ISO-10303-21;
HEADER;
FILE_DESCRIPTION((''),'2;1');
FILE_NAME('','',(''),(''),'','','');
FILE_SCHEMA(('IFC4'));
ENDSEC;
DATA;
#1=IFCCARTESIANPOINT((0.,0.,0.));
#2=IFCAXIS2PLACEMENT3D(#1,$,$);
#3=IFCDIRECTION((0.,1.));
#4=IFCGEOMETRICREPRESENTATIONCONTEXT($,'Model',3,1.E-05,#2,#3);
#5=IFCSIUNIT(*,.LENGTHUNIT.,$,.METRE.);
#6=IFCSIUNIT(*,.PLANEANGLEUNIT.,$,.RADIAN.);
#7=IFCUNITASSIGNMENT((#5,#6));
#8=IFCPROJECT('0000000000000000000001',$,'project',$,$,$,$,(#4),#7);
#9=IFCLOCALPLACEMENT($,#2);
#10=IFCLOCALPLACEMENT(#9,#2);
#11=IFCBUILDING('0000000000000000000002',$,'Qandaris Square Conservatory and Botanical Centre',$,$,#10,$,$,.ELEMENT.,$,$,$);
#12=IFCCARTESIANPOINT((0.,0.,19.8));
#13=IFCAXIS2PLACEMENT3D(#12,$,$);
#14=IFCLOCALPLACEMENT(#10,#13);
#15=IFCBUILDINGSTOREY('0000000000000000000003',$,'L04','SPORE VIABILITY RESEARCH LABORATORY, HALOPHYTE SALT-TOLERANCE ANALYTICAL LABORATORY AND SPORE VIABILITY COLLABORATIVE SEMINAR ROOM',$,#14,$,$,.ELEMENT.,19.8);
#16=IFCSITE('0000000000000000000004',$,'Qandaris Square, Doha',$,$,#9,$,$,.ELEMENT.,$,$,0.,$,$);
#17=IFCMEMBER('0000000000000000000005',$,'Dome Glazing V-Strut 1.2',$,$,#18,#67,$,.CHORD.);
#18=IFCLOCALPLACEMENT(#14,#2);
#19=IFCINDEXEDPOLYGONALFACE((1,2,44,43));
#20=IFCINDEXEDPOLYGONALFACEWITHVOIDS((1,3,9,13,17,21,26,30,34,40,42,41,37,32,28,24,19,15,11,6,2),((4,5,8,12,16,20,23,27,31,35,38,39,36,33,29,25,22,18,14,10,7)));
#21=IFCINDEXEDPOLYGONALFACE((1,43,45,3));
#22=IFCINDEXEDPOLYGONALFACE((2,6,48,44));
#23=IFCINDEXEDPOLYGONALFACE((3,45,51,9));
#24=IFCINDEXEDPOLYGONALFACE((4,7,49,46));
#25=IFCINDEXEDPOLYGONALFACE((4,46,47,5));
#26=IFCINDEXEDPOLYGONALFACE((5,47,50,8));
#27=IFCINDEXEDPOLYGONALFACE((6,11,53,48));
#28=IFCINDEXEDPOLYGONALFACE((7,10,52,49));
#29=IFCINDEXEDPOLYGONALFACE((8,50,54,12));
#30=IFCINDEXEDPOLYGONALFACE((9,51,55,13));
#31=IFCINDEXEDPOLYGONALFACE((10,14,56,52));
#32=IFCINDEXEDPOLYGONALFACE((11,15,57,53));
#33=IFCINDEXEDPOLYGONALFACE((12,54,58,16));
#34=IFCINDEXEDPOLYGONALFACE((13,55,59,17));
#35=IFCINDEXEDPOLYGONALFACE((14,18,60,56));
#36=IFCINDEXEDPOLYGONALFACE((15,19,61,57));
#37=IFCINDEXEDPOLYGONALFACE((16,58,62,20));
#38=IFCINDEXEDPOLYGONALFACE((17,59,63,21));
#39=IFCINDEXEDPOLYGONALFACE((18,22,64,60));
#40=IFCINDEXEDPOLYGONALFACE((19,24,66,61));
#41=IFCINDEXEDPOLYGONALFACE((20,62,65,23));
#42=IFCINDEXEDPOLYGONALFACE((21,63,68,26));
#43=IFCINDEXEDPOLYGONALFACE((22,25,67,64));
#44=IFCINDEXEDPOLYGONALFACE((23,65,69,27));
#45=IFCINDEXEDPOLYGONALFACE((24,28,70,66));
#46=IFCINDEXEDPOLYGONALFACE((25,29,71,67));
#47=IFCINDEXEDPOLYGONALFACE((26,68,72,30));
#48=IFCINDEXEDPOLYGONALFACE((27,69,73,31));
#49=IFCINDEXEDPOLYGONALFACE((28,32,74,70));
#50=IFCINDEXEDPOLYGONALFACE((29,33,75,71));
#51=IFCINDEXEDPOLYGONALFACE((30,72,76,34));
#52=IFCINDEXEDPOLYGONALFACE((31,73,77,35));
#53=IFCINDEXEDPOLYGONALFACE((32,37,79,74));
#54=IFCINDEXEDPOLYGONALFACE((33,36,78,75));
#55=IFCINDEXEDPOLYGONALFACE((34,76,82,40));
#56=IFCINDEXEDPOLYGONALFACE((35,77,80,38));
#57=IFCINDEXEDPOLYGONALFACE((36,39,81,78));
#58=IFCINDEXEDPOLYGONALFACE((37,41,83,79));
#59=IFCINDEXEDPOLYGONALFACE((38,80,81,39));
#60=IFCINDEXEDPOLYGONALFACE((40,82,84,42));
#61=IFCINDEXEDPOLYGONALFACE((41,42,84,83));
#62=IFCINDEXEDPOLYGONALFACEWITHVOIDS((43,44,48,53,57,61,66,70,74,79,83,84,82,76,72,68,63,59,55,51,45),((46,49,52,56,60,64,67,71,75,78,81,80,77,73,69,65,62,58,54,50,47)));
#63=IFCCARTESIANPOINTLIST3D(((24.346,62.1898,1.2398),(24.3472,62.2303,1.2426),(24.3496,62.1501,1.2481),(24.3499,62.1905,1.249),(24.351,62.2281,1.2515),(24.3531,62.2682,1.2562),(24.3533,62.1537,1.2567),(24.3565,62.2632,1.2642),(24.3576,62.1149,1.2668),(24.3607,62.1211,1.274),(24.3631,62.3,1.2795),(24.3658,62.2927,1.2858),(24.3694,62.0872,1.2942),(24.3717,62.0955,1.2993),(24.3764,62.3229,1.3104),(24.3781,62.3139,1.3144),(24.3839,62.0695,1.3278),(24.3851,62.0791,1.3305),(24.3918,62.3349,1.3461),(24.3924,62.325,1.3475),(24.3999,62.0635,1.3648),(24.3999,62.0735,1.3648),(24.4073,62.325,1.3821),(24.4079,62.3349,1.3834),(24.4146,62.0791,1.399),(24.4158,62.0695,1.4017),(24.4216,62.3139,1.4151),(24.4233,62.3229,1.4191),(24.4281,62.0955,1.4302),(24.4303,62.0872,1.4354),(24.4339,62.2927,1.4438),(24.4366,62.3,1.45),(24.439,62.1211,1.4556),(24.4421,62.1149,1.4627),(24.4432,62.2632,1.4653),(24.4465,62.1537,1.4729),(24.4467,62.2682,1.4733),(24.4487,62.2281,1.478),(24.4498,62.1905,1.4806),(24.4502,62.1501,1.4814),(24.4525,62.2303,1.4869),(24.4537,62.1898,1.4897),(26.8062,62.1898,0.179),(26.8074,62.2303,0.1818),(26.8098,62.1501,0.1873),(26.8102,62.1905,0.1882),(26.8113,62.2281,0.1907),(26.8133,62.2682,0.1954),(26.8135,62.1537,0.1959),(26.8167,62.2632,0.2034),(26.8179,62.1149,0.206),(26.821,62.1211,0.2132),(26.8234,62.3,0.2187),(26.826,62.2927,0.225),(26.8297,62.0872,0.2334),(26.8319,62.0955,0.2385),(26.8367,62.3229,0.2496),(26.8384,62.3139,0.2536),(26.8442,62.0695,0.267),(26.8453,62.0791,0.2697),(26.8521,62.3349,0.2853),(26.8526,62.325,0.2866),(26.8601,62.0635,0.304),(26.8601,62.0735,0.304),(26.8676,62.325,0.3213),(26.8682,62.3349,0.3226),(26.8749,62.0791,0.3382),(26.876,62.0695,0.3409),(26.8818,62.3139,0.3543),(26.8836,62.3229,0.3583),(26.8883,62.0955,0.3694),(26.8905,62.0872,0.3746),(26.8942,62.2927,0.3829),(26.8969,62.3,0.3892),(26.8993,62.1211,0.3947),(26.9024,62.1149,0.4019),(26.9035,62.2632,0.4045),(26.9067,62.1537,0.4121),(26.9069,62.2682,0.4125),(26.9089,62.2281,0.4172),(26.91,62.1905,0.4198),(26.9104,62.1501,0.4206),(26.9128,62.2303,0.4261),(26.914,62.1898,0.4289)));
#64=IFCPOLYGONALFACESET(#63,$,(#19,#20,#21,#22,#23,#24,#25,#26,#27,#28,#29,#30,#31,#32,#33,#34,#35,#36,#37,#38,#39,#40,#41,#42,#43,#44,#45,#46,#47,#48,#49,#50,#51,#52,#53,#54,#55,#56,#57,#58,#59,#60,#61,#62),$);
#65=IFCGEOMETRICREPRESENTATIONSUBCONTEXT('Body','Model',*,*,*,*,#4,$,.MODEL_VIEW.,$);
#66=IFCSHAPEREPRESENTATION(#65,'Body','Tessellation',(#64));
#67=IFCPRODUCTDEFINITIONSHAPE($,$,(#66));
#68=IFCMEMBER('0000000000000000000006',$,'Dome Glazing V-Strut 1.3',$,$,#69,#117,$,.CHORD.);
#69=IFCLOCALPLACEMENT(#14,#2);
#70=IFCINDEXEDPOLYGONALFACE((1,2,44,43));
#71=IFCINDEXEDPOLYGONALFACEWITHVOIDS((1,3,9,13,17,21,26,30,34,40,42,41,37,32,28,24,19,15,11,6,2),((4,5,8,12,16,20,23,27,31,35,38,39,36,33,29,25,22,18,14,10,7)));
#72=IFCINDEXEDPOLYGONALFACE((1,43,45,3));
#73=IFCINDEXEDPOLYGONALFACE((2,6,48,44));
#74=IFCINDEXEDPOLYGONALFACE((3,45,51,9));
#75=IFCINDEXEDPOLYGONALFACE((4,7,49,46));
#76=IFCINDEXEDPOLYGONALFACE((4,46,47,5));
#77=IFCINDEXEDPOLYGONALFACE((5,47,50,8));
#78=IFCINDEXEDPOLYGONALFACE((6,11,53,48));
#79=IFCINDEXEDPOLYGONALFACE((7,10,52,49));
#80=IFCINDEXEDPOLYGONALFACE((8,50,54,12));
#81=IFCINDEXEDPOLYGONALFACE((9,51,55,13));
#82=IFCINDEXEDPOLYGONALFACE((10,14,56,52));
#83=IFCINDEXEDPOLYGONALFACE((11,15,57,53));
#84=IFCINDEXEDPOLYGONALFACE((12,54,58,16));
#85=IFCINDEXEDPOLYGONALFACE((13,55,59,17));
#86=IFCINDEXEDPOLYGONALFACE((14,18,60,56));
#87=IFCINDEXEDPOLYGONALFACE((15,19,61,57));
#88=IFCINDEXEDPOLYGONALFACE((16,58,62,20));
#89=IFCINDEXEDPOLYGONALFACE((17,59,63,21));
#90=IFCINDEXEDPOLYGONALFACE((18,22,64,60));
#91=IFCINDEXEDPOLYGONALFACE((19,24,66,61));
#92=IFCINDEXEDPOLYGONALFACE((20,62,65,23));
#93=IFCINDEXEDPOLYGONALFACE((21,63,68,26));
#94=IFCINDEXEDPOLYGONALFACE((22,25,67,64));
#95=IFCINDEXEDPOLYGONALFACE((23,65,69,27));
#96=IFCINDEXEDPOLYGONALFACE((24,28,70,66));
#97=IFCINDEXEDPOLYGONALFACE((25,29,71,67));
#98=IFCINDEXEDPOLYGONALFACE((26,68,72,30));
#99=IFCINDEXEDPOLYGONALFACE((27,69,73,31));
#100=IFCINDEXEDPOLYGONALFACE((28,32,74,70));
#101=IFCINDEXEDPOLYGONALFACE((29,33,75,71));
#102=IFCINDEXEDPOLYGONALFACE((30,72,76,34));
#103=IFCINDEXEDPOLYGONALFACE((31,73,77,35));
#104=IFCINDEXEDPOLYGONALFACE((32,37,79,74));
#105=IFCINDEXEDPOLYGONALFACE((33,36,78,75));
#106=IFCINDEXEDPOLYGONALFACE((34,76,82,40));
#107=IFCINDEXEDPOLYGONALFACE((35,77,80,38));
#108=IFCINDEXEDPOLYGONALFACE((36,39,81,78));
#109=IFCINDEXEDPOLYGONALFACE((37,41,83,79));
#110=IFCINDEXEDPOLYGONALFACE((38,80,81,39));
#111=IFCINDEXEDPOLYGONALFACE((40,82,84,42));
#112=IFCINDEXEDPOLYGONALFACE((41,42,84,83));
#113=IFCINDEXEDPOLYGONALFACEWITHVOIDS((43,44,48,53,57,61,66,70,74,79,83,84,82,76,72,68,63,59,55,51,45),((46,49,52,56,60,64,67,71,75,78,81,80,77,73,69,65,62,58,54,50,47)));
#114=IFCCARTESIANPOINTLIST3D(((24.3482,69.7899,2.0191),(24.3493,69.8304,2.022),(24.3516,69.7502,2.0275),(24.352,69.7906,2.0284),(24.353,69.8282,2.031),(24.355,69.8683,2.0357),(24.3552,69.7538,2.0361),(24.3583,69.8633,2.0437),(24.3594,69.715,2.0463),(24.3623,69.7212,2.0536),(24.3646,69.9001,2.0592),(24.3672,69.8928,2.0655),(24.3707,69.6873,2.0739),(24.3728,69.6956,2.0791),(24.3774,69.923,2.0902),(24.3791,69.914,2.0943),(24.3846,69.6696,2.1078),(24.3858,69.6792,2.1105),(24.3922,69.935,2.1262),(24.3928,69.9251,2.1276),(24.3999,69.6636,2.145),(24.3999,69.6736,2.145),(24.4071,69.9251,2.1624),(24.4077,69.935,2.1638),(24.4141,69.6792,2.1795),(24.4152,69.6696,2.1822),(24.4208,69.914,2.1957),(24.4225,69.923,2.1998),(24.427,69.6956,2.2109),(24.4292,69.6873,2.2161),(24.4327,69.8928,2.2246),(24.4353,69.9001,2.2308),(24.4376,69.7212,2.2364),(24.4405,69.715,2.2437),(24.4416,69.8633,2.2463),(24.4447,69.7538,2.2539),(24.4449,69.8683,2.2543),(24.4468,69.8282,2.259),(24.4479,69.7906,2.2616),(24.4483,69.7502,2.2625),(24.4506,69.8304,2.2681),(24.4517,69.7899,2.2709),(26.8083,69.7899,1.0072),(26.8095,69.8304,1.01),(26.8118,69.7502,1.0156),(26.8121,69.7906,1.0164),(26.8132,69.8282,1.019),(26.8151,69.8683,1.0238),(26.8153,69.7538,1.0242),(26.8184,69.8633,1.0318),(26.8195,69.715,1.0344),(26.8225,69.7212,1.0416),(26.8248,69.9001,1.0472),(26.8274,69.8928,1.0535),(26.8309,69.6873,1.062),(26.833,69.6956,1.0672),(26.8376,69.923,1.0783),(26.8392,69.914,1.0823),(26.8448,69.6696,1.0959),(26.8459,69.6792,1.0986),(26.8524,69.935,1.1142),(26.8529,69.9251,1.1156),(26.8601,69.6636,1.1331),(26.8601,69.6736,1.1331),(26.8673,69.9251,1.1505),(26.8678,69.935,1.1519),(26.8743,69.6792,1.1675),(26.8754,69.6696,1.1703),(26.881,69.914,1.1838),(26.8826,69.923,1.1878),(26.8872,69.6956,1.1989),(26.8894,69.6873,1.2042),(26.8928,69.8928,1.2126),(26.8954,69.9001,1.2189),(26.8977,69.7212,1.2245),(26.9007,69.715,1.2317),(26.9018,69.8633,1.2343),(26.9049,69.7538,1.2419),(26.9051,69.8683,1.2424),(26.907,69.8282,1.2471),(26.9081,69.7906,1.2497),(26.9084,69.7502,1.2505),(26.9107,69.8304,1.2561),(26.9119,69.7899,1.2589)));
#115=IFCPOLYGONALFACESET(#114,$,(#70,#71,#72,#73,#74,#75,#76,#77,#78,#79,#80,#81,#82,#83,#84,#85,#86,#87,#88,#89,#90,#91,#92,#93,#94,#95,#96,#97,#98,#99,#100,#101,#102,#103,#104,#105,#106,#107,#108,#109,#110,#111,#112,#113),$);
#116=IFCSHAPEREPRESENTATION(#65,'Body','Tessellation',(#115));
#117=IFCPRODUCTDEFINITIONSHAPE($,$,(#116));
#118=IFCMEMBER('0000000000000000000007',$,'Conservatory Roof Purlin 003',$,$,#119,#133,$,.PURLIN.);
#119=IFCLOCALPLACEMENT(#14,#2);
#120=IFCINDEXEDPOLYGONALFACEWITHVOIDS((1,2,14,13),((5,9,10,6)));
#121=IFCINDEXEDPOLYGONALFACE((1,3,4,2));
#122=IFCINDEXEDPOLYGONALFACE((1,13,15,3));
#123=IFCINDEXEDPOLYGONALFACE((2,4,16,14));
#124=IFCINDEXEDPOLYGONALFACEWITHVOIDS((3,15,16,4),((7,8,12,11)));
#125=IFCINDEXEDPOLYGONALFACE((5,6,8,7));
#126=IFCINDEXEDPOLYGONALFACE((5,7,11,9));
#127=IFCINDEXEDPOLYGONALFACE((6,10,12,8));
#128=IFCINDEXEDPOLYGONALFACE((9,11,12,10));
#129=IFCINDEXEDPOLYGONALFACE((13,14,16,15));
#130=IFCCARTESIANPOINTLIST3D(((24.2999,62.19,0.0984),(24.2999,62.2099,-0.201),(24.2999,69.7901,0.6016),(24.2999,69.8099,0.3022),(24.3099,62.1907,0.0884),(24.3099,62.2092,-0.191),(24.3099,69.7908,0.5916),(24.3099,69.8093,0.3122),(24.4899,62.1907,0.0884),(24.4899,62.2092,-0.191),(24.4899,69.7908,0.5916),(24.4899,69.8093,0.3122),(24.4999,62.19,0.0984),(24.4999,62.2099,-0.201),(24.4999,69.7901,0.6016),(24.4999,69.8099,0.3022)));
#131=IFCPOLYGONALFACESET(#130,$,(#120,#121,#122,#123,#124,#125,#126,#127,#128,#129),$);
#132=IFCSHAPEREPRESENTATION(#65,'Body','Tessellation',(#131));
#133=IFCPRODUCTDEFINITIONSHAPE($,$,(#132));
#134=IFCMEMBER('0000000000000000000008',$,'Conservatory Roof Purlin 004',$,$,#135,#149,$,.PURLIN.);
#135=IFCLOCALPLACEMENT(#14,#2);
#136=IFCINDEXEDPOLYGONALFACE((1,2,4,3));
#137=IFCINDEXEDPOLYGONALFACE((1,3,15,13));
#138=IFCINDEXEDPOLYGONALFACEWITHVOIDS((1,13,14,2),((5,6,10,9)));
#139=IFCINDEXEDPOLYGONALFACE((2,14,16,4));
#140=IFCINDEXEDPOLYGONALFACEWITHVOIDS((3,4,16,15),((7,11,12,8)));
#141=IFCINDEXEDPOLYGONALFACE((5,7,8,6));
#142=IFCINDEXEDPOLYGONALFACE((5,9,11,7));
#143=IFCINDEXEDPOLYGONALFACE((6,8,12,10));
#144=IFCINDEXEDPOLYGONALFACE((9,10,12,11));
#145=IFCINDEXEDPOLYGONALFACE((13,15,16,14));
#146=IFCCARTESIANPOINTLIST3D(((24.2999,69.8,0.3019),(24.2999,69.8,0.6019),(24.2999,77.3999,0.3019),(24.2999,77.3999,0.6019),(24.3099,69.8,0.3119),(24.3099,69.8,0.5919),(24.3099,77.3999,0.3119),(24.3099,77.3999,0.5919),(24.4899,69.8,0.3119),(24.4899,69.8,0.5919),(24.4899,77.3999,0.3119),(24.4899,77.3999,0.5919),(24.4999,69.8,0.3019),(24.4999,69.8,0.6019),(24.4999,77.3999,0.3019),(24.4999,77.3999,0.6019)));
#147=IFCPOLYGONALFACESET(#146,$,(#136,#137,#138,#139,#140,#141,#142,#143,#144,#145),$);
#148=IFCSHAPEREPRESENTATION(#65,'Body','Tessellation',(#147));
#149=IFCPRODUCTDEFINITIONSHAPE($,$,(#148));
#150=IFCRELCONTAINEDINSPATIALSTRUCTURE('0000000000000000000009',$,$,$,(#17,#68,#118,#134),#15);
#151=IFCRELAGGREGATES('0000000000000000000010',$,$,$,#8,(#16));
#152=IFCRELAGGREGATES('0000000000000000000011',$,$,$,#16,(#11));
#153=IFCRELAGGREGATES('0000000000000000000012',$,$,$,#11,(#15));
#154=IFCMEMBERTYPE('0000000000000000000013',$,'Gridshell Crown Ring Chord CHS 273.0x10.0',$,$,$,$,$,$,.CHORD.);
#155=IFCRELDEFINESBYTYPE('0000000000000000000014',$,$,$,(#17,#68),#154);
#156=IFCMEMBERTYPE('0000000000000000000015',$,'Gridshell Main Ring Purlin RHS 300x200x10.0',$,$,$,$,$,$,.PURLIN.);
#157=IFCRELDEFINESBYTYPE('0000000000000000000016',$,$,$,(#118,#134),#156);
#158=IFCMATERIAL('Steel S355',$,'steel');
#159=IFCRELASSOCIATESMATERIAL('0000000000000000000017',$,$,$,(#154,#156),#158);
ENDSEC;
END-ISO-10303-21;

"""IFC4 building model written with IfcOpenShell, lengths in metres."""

from ifc_helpers import new_model, si_unit, direction, frame, origin, origin_2d, place, context, subcontext, project, spatial, hollow_rectangle, hollow_circle, extrude, material, material_profile, profile_set, type_object, element, save


model = new_model("IFC4")

# Units and contexts
model_context = context("Model", 3, precision=1e-05, world=origin(), true_north=direction((0.0, 1.0)))
body_context = subcontext(model_context, "Body", "Model", "MODEL_VIEW")
ifc_project = project(units=[si_unit("LENGTHUNIT", "METRE"), si_unit("PLANEANGLEUNIT", "RADIAN")], contexts=[model_context])

# Site, building, storey
site_placement = place(None, origin())
site = spatial("IfcSite", under=ifc_project, at=site_placement, Name="Qandaris Square, Doha", CompositionType="ELEMENT", RefElevation=0.0)
building_placement = place(site_placement, origin())
building = spatial("IfcBuilding", under=site, at=building_placement, Name="Qandaris Square Conservatory and Botanical Centre", CompositionType="ELEMENT")
storey_placement = place(building_placement, frame((0.0, 0.0, 19.8)))
storey = spatial("IfcBuildingStorey", under=building, at=storey_placement, Name="L04", Description="SPORE VIABILITY RESEARCH LABORATORY, HALOPHYTE SALT-TOLERANCE ANALYTICAL LABORATORY AND SPORE VIABILITY COLLABORATIVE SEMINAR ROOM", CompositionType="ELEMENT", Elevation=19.8)

# Members
ifc_material = material(Name="Steel S355", Category="steel")
ifc_material_profile_1 = material_profile(ifc_material, hollow_circle(Radius=0.1365, WallThickness=0.01, at=origin_2d()), Name="CHS 273.0x10.0")
ifc_profile_set_1 = profile_set([ifc_material_profile_1], Name="Steel S355")
member_type_1 = type_object("IfcMemberType", Name="Gridshell Crown Ring Chord CHS 273.0x10.0", PredefinedType="CHORD", material=ifc_profile_set_1)
member_1_placement = place(storey_placement, frame((26.8601, 62.2, 0.304), z_axis=(-0.918276, 0.0, 0.395942), x_axis=(0.0, -1.0, 0.0)))
element("IfcMember", 1, at=member_1_placement, inside=storey, type_object=member_type_1, Name="Dome Glazing V-Strut 1.2", PredefinedType="CHORD", context=body_context, shape_type="SweptSolid", body=[
    extrude(hollow_circle(Radius=0.1365, WallThickness=0.01, at=origin_2d()), origin(), (0.0, 0.0, 1.0), 2.6792),
])
member_2_placement = place(storey_placement, frame((26.8601, 69.8, 1.1331), z_axis=(-0.924819, 0.0, 0.380408), x_axis=(0.0, -1.0, 0.0)))
element("IfcMember", 2, at=member_2_placement, inside=storey, type_object=member_type_1, Name="Dome Glazing V-Strut 1.3", PredefinedType="CHORD", context=body_context, shape_type="SweptSolid", body=[
    extrude(hollow_circle(Radius=0.1365, WallThickness=0.01, at=origin_2d()), origin(), (0.0, 0.0, 1.0), 2.6602),
])
ifc_material_profile_2 = material_profile(ifc_material, hollow_rectangle(XDim=0.2, YDim=0.3, WallThickness=0.01, at=origin_2d()), Name="RHS 300x200x10.0")
ifc_profile_set_2 = profile_set([ifc_material_profile_2], Name="Steel S355")
member_type_2 = type_object("IfcMemberType", Name="Gridshell Main Ring Purlin RHS 300x200x10.0", PredefinedType="PURLIN", material=ifc_profile_set_2)
member_3_placement = place(storey_placement, frame((24.3999, 62.2, -0.0513), z_axis=(0.0, 0.997816, 0.066062), x_axis=(-1.0, 0.0, 0.0)))
element("IfcMember", 3, at=member_3_placement, inside=storey, type_object=member_type_2, Name="Conservatory Roof Purlin 003", PredefinedType="PURLIN", context=body_context, shape_type="SweptSolid", body=[
    extrude(hollow_rectangle(XDim=0.2, YDim=0.3, WallThickness=0.01, at=origin_2d()), origin(), (0.0, 0.0, 1.0), 7.6167),
])
member_4_placement = place(storey_placement, frame((24.3999, 69.8, 0.4519), z_axis=(0.0, 1.0, 0.0), x_axis=(-1.0, 0.0, 0.0)))
element("IfcMember", 4, at=member_4_placement, inside=storey, type_object=member_type_2, Name="Conservatory Roof Purlin 004", PredefinedType="PURLIN", context=body_context, shape_type="SweptSolid", body=[
    extrude(hollow_rectangle(XDim=0.2, YDim=0.3, WallThickness=0.01, at=origin_2d()), origin(), (0.0, 0.0, 1.0), 7.5999),
])

save(model, "model.ifc")
